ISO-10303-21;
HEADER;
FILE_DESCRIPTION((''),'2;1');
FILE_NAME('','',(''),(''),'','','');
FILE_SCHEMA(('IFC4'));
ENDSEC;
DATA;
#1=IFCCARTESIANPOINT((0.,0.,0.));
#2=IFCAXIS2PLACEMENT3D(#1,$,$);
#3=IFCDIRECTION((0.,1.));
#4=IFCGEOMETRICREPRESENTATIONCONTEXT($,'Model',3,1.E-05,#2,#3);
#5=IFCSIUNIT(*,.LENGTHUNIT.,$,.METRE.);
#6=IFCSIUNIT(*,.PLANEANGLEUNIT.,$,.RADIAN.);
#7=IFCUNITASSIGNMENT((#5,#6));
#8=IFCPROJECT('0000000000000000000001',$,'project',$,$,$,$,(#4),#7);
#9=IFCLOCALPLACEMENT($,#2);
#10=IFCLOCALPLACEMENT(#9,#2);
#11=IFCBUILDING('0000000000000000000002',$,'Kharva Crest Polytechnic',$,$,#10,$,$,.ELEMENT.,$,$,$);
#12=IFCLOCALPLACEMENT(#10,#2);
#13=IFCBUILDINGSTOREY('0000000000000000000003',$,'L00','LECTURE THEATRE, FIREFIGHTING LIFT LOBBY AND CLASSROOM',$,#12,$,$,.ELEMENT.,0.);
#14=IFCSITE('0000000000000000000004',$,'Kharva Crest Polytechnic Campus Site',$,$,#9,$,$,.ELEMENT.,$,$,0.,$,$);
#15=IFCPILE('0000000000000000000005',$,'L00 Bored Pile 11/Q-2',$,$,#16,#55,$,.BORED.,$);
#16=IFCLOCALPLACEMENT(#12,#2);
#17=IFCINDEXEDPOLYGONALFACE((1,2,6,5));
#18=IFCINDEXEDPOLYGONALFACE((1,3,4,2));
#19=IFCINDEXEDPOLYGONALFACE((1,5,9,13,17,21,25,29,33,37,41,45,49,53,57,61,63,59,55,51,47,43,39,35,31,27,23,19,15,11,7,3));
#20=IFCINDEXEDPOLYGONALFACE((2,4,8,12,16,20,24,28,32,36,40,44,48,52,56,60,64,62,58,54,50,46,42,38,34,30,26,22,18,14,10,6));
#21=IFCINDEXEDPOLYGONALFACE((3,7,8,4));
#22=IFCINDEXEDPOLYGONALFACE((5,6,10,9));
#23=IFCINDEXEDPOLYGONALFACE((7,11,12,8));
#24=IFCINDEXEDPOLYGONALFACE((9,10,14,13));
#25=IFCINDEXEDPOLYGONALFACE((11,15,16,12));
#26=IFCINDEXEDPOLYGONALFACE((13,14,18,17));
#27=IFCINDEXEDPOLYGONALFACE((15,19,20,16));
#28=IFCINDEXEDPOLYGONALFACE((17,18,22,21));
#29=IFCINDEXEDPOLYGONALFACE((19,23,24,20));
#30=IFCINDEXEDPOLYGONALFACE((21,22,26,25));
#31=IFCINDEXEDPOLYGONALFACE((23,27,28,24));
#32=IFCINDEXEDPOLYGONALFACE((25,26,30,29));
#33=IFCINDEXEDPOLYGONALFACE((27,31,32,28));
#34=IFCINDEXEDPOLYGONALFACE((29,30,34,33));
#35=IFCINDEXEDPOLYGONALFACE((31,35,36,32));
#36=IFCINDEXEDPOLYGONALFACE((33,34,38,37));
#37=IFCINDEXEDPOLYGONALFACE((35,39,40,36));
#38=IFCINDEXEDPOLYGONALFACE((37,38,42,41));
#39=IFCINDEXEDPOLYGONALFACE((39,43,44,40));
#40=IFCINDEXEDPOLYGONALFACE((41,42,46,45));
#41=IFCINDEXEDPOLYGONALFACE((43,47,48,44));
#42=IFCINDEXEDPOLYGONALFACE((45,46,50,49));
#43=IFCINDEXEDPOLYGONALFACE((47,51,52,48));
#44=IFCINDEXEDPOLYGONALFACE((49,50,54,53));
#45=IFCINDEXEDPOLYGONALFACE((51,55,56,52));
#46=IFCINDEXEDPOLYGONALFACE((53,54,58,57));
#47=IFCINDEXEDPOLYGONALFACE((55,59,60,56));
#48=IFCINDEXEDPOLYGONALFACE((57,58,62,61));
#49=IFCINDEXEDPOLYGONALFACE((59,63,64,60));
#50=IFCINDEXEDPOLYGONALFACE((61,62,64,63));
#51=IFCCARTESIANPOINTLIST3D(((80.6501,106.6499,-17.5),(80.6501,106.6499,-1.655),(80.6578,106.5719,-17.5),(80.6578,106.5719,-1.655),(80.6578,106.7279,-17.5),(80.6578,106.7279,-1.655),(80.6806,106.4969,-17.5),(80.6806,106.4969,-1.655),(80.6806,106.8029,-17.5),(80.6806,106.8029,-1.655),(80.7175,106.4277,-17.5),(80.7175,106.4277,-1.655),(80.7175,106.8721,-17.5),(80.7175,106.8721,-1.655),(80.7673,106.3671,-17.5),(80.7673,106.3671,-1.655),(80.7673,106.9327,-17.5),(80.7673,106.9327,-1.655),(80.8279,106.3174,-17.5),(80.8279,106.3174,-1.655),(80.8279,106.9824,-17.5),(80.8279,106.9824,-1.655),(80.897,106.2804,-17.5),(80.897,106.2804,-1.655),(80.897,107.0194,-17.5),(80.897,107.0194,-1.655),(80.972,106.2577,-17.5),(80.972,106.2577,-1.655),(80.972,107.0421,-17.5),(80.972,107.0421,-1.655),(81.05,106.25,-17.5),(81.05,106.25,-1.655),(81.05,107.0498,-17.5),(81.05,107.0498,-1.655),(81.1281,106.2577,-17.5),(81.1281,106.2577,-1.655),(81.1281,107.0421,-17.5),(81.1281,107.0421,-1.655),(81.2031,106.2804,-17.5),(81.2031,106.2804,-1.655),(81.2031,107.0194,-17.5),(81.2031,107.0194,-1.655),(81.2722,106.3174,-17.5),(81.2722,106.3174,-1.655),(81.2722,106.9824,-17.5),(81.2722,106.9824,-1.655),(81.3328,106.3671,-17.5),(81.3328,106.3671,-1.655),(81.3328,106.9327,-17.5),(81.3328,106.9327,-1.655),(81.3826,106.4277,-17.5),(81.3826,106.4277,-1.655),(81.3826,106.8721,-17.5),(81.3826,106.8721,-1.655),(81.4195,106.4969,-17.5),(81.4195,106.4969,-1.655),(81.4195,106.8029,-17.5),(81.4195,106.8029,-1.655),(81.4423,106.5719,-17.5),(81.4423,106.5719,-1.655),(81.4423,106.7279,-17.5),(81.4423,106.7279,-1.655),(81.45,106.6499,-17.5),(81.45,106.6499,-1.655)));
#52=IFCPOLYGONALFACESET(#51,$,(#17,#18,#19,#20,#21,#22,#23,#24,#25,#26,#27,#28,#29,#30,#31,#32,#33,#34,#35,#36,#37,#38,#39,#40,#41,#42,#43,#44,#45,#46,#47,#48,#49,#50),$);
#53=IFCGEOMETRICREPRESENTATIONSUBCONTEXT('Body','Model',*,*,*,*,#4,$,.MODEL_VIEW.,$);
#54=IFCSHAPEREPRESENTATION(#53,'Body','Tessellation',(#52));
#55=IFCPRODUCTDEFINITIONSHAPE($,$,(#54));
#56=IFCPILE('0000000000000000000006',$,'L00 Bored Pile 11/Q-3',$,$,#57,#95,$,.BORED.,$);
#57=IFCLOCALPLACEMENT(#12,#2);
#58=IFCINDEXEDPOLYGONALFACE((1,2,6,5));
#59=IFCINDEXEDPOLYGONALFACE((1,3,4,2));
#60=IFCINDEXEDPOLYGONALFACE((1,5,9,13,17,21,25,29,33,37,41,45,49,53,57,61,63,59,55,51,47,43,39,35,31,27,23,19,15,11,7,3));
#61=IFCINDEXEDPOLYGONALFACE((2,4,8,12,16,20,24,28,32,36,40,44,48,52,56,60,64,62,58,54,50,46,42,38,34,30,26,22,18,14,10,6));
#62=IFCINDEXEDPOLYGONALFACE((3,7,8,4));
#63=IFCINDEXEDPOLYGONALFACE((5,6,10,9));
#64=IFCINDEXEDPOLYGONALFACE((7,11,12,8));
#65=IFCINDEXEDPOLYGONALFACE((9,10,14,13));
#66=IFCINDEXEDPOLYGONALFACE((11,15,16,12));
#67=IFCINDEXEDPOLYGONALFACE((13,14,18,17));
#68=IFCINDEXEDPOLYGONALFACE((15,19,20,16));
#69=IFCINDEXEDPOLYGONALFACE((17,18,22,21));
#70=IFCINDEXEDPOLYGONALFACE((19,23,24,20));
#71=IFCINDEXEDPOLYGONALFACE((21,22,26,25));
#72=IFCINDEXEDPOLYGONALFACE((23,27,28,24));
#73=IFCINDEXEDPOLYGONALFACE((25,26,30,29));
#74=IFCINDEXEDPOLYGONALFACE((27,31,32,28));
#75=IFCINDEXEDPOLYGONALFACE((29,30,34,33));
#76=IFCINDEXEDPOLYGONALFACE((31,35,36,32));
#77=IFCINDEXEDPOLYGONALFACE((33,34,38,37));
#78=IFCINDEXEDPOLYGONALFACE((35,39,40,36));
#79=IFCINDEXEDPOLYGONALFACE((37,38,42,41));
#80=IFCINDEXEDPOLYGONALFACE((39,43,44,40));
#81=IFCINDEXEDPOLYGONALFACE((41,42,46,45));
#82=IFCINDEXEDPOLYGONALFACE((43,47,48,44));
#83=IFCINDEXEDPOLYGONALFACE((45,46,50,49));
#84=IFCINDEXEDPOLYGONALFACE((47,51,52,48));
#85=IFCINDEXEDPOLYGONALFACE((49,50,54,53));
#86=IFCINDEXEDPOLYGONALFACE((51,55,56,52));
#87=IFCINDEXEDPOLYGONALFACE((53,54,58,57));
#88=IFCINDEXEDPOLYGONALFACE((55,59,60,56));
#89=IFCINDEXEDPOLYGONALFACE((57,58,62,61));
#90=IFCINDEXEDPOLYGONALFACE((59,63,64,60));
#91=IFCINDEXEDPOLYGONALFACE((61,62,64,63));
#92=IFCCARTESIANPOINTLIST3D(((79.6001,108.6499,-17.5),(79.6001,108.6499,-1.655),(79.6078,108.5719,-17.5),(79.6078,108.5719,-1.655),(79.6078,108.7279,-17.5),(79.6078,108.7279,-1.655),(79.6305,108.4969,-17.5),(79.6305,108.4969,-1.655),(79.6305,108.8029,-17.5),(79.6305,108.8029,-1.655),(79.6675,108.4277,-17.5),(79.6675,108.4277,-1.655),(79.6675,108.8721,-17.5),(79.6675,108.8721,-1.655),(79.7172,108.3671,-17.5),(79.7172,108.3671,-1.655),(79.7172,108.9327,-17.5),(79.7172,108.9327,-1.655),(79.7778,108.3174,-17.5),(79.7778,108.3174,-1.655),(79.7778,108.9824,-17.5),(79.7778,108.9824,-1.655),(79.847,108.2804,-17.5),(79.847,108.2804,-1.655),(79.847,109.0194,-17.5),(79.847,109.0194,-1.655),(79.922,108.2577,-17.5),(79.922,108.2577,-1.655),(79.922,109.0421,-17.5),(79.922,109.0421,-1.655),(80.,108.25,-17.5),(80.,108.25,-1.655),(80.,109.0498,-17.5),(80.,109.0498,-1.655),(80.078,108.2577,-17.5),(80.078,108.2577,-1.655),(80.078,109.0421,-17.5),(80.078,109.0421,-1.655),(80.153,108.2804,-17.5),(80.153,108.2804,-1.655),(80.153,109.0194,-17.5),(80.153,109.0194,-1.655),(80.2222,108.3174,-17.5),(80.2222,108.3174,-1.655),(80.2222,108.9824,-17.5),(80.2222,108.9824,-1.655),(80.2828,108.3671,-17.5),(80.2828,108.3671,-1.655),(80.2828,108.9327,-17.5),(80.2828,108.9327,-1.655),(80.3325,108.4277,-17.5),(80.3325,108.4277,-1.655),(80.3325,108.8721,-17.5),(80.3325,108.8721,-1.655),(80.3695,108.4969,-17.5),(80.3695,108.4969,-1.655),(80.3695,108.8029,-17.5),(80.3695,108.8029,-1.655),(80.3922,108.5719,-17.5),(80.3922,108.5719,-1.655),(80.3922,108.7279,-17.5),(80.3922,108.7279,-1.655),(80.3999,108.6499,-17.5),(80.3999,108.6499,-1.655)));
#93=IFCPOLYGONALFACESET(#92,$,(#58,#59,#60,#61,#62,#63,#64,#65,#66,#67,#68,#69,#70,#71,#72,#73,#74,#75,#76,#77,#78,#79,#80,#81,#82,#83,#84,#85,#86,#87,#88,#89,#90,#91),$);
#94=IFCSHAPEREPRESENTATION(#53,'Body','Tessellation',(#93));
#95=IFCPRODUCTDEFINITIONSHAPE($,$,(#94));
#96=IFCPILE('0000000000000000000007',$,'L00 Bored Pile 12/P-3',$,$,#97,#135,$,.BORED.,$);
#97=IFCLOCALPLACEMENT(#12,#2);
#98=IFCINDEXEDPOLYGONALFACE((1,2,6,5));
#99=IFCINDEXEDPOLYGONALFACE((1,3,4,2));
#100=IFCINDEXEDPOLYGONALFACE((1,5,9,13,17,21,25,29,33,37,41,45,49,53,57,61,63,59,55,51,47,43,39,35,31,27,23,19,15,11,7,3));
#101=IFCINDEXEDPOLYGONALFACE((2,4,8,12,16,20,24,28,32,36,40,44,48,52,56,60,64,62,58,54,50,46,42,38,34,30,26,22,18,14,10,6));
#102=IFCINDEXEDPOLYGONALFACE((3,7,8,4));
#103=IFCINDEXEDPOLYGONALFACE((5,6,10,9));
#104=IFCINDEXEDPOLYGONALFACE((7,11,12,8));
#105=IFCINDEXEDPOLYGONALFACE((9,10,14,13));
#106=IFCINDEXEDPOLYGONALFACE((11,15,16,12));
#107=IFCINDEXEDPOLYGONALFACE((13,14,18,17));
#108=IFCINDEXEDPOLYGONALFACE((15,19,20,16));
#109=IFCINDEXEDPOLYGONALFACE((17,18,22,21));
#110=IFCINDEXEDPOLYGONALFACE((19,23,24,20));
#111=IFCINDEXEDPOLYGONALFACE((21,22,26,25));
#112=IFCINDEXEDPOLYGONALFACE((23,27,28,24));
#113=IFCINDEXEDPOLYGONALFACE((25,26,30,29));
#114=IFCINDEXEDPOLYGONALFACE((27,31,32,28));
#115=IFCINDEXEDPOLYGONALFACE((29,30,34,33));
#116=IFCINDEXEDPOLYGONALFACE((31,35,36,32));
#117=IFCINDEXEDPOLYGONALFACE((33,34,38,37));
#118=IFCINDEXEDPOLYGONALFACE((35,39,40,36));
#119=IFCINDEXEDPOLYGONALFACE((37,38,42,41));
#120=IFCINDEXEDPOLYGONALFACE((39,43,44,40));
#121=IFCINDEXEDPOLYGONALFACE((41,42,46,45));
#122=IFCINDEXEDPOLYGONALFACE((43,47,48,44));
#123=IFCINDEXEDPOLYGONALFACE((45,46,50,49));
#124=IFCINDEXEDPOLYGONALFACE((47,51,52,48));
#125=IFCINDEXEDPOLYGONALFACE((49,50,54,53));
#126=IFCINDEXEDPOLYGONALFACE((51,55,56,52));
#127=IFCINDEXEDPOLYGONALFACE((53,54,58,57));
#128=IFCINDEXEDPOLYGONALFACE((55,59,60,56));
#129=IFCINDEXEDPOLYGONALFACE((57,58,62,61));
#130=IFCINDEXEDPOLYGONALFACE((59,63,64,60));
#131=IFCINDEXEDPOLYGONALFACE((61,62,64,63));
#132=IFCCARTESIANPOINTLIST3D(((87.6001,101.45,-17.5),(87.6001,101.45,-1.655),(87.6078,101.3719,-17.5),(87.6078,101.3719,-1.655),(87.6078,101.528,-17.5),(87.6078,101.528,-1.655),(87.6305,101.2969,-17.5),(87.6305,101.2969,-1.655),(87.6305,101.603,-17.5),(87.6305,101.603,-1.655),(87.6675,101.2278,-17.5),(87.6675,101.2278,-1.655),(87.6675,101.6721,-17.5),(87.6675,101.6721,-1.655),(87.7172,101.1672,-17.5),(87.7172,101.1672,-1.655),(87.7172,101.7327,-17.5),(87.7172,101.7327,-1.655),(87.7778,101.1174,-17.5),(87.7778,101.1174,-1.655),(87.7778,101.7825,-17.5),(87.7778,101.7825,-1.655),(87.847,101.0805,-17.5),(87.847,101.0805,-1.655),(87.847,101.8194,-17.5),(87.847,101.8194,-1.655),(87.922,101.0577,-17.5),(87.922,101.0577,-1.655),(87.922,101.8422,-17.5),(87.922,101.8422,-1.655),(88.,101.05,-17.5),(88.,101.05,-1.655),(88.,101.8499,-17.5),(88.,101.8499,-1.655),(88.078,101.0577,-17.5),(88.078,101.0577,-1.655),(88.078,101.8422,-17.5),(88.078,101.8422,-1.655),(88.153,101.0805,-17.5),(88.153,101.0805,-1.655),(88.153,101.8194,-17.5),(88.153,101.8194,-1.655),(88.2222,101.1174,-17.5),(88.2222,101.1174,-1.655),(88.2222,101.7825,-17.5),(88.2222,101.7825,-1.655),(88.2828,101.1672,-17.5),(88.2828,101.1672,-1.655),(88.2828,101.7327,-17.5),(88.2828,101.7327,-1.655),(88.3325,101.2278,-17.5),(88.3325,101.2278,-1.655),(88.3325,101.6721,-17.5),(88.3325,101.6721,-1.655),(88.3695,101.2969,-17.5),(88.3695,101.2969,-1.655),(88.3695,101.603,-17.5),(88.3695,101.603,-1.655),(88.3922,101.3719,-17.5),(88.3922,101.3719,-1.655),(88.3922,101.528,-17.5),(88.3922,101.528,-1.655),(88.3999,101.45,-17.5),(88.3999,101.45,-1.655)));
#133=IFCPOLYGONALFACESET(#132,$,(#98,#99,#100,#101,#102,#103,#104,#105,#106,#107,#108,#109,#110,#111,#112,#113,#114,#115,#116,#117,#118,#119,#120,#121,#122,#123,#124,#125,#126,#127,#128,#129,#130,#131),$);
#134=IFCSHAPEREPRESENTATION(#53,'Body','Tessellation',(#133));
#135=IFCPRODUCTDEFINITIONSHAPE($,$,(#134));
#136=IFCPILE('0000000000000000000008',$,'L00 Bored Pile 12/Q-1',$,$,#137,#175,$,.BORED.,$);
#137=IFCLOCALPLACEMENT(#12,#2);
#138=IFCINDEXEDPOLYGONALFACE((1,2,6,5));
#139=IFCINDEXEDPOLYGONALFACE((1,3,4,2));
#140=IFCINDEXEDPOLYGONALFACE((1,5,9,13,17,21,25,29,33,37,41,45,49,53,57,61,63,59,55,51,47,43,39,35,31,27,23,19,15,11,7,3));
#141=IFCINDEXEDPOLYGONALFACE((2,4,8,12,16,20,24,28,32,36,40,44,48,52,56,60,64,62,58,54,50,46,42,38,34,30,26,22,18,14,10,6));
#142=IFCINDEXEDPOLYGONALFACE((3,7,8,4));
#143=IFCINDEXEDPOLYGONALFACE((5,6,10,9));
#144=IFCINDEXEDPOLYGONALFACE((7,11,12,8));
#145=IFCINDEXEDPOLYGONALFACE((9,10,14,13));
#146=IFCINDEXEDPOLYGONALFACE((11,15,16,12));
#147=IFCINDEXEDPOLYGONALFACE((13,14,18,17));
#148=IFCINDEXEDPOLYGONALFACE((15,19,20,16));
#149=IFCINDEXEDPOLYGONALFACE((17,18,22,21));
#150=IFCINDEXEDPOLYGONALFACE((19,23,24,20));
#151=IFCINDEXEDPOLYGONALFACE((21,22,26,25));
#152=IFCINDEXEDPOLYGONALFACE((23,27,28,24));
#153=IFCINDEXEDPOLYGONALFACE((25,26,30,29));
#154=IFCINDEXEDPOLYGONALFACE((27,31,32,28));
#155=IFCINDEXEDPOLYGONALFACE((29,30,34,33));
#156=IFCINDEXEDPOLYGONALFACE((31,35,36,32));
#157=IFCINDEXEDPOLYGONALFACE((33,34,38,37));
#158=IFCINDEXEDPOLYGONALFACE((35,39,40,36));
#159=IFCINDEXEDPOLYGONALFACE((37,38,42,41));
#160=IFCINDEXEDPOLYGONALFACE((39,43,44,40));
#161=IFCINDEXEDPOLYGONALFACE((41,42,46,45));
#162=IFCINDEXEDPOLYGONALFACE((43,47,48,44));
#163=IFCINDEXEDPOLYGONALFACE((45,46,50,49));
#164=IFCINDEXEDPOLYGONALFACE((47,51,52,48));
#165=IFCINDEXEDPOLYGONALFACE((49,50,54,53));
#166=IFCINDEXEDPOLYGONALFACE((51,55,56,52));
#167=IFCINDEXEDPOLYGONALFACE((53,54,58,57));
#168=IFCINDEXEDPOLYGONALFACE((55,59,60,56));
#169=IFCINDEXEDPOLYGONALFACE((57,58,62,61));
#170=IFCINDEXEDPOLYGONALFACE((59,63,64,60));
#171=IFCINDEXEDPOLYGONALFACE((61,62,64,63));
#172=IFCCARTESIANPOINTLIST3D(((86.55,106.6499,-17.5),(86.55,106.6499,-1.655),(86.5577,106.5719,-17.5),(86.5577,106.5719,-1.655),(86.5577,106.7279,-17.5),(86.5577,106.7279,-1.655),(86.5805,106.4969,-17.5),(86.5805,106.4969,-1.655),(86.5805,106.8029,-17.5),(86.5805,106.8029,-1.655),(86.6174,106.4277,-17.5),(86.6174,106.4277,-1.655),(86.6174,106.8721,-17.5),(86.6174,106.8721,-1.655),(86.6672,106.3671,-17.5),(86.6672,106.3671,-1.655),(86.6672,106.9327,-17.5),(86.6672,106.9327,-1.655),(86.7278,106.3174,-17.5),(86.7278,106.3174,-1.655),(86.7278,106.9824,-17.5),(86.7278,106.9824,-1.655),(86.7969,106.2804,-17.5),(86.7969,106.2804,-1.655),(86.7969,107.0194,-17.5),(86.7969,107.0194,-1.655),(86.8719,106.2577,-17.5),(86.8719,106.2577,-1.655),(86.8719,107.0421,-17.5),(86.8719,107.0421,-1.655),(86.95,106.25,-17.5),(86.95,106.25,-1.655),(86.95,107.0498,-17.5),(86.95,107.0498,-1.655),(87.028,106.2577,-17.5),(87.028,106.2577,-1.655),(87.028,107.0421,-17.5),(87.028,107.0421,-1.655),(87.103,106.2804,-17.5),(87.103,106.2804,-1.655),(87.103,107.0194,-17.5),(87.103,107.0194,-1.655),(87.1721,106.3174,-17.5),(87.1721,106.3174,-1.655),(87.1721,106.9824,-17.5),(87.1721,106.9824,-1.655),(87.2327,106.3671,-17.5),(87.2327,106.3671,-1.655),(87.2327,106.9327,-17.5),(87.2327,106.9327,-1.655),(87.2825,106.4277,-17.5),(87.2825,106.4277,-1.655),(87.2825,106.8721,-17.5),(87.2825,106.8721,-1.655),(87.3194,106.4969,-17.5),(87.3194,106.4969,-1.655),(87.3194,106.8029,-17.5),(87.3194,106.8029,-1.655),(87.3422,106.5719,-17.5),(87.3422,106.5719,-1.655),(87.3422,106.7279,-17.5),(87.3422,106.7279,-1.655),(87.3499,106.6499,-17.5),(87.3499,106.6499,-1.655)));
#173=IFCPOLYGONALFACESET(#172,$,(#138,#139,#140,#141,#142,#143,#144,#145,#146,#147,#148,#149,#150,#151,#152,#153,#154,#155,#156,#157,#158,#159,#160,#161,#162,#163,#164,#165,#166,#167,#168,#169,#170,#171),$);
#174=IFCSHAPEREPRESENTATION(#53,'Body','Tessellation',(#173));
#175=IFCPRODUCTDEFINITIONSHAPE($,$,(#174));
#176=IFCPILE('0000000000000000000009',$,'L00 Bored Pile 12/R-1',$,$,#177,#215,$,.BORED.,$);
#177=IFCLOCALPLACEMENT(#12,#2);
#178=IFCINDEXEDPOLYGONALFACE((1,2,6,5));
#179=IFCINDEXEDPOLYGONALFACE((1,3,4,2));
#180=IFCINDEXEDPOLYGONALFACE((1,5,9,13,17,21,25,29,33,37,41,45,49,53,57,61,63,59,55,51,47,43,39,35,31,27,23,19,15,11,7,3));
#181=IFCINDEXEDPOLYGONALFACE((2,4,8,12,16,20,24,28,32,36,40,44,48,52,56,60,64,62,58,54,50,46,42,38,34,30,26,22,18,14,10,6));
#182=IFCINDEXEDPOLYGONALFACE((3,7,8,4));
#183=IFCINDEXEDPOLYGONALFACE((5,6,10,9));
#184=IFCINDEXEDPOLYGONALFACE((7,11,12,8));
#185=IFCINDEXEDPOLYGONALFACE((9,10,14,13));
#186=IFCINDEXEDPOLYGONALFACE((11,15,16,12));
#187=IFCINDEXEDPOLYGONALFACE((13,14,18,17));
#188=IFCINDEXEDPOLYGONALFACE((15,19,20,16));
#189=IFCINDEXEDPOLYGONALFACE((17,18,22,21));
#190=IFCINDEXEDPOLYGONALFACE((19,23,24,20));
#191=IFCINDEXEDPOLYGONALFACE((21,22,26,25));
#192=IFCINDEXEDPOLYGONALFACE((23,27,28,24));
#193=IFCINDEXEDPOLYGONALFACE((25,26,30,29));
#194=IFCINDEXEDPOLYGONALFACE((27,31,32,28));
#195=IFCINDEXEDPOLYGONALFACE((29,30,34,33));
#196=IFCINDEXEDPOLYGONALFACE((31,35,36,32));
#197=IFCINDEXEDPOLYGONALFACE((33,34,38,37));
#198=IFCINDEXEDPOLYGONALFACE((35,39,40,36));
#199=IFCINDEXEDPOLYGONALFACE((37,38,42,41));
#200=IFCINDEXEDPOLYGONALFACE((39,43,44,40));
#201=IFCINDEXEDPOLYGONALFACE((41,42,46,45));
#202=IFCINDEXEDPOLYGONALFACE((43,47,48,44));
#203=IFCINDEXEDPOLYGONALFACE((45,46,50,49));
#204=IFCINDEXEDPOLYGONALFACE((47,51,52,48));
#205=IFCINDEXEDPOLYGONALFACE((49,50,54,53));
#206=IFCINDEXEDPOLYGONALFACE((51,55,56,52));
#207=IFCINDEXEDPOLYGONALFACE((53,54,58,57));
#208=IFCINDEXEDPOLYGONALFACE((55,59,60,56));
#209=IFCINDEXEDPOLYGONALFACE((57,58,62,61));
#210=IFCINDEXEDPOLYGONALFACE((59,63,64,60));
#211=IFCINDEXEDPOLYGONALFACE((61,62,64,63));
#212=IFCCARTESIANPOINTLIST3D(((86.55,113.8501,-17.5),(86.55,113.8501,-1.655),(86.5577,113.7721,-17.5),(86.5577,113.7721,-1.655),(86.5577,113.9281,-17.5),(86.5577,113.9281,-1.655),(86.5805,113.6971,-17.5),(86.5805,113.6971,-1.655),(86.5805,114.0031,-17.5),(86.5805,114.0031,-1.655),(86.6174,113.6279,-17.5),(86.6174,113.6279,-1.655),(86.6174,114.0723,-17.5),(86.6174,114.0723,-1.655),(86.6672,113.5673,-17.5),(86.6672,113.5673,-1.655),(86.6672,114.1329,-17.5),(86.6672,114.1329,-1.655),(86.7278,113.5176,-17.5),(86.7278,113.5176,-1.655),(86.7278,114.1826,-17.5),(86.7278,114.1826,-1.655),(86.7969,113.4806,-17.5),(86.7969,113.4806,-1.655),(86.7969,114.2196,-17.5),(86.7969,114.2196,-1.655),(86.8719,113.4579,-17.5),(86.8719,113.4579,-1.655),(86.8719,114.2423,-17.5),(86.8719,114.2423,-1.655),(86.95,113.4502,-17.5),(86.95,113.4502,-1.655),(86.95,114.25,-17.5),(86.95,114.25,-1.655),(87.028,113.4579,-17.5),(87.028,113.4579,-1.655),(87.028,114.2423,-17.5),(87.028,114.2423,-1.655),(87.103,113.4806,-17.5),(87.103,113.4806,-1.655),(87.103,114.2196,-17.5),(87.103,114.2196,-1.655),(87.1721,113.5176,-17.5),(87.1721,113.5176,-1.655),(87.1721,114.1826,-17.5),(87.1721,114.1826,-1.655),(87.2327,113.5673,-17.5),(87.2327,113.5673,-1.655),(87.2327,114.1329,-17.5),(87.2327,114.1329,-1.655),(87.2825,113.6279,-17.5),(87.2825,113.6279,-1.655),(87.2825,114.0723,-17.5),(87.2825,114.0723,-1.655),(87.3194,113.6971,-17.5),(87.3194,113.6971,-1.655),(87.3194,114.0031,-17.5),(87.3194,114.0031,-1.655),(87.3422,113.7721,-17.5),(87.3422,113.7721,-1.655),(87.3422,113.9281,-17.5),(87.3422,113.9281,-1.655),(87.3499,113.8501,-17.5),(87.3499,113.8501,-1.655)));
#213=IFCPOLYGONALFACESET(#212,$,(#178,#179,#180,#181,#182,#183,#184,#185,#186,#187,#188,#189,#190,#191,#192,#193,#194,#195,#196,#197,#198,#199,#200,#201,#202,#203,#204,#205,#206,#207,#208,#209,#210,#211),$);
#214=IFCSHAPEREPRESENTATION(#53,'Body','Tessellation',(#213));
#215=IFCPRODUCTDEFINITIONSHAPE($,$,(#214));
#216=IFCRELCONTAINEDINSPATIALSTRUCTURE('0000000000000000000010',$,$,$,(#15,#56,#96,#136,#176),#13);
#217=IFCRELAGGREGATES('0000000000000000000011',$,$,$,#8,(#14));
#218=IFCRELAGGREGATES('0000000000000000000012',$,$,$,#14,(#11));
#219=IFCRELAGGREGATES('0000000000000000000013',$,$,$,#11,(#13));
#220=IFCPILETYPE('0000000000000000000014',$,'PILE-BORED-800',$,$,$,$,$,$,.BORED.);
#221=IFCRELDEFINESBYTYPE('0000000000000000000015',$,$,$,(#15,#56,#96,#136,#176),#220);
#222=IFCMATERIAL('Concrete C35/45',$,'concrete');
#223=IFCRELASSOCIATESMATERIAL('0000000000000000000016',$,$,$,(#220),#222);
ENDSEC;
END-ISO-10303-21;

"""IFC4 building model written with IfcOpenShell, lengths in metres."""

from ifc_helpers import new_model, si_unit, direction, frame, origin, origin_2d, place, context, subcontext, project, spatial, circle, extrude, material, material_profile, profile_set, type_object, element, save


model = new_model("IFC4")

# Units and contexts
model_context = context("Model", 3, precision=1e-05, world=origin(), true_north=direction((0.0, 1.0)))
body_context = subcontext(model_context, "Body", "Model", "MODEL_VIEW")
ifc_project = project(units=[si_unit("LENGTHUNIT", "METRE"), si_unit("PLANEANGLEUNIT", "RADIAN")], contexts=[model_context])

# Site, building, storey
site_placement = place(None, origin())
site = spatial("IfcSite", under=ifc_project, at=site_placement, Name="Kharva Crest Polytechnic Campus Site", CompositionType="ELEMENT", RefElevation=0.0)
building_placement = place(site_placement, origin())
building = spatial("IfcBuilding", under=site, at=building_placement, Name="Kharva Crest Polytechnic", CompositionType="ELEMENT")
storey_placement = place(building_placement, origin())
storey = spatial("IfcBuildingStorey", under=building, at=storey_placement, Name="L00", Description="LECTURE THEATRE, FIREFIGHTING LIFT LOBBY AND CLASSROOM", CompositionType="ELEMENT", Elevation=0.0)

# Shared definitions
ifc_material_1 = material(Name="Concrete C35/45", Category="concrete")

# Piles
ifc_material_profile_1 = material_profile(ifc_material_1, circle(Radius=0.3999, at=origin_2d()), Name="DIA 800")
ifc_profile_set_1 = profile_set([ifc_material_profile_1], Name="Concrete C35/45")
pile_type_1 = type_object("IfcPileType", Name="PILE-BORED-800", PredefinedType="BORED", material=ifc_profile_set_1)
for number, where, z_axis, x_axis, name in (
    (1, (81.05, 106.6499, -1.655), (0.0, 0.0, -1.0), (1.0, 0.0, 0.0), "L00 Bored Pile 11/Q-2"),
    (2, (80.0, 108.6499, -1.655), (0.0, 0.0, -1.0), (1.0, 0.0, 0.0), "L00 Bored Pile 11/Q-3"),
    (3, (88.0, 101.45, -1.655), (0.0, 0.0, -1.0), (1.0, 0.0, 0.0), "L00 Bored Pile 12/P-3"),
    (4, (86.95, 106.6499, -1.655), (0.0, 0.0, -1.0), (1.0, 0.0, 0.0), "L00 Bored Pile 12/Q-1"),
    (5, (86.95, 113.8501, -1.655), (0.0, 0.0, -1.0), (1.0, 0.0, 0.0), "L00 Bored Pile 12/R-1"),
):
    element("IfcPile", number, at=place(storey_placement, frame(where, z_axis=z_axis, x_axis=x_axis)), inside=storey, type_object=pile_type_1, Name=name, PredefinedType="BORED", context=body_context, shape_type="SweptSolid", body=[
        extrude(circle(Radius=0.3999, at=origin_2d()), origin(), (0.0, 0.0, 1.0), 15.845),
    ])

save(model, "model.ifc")
